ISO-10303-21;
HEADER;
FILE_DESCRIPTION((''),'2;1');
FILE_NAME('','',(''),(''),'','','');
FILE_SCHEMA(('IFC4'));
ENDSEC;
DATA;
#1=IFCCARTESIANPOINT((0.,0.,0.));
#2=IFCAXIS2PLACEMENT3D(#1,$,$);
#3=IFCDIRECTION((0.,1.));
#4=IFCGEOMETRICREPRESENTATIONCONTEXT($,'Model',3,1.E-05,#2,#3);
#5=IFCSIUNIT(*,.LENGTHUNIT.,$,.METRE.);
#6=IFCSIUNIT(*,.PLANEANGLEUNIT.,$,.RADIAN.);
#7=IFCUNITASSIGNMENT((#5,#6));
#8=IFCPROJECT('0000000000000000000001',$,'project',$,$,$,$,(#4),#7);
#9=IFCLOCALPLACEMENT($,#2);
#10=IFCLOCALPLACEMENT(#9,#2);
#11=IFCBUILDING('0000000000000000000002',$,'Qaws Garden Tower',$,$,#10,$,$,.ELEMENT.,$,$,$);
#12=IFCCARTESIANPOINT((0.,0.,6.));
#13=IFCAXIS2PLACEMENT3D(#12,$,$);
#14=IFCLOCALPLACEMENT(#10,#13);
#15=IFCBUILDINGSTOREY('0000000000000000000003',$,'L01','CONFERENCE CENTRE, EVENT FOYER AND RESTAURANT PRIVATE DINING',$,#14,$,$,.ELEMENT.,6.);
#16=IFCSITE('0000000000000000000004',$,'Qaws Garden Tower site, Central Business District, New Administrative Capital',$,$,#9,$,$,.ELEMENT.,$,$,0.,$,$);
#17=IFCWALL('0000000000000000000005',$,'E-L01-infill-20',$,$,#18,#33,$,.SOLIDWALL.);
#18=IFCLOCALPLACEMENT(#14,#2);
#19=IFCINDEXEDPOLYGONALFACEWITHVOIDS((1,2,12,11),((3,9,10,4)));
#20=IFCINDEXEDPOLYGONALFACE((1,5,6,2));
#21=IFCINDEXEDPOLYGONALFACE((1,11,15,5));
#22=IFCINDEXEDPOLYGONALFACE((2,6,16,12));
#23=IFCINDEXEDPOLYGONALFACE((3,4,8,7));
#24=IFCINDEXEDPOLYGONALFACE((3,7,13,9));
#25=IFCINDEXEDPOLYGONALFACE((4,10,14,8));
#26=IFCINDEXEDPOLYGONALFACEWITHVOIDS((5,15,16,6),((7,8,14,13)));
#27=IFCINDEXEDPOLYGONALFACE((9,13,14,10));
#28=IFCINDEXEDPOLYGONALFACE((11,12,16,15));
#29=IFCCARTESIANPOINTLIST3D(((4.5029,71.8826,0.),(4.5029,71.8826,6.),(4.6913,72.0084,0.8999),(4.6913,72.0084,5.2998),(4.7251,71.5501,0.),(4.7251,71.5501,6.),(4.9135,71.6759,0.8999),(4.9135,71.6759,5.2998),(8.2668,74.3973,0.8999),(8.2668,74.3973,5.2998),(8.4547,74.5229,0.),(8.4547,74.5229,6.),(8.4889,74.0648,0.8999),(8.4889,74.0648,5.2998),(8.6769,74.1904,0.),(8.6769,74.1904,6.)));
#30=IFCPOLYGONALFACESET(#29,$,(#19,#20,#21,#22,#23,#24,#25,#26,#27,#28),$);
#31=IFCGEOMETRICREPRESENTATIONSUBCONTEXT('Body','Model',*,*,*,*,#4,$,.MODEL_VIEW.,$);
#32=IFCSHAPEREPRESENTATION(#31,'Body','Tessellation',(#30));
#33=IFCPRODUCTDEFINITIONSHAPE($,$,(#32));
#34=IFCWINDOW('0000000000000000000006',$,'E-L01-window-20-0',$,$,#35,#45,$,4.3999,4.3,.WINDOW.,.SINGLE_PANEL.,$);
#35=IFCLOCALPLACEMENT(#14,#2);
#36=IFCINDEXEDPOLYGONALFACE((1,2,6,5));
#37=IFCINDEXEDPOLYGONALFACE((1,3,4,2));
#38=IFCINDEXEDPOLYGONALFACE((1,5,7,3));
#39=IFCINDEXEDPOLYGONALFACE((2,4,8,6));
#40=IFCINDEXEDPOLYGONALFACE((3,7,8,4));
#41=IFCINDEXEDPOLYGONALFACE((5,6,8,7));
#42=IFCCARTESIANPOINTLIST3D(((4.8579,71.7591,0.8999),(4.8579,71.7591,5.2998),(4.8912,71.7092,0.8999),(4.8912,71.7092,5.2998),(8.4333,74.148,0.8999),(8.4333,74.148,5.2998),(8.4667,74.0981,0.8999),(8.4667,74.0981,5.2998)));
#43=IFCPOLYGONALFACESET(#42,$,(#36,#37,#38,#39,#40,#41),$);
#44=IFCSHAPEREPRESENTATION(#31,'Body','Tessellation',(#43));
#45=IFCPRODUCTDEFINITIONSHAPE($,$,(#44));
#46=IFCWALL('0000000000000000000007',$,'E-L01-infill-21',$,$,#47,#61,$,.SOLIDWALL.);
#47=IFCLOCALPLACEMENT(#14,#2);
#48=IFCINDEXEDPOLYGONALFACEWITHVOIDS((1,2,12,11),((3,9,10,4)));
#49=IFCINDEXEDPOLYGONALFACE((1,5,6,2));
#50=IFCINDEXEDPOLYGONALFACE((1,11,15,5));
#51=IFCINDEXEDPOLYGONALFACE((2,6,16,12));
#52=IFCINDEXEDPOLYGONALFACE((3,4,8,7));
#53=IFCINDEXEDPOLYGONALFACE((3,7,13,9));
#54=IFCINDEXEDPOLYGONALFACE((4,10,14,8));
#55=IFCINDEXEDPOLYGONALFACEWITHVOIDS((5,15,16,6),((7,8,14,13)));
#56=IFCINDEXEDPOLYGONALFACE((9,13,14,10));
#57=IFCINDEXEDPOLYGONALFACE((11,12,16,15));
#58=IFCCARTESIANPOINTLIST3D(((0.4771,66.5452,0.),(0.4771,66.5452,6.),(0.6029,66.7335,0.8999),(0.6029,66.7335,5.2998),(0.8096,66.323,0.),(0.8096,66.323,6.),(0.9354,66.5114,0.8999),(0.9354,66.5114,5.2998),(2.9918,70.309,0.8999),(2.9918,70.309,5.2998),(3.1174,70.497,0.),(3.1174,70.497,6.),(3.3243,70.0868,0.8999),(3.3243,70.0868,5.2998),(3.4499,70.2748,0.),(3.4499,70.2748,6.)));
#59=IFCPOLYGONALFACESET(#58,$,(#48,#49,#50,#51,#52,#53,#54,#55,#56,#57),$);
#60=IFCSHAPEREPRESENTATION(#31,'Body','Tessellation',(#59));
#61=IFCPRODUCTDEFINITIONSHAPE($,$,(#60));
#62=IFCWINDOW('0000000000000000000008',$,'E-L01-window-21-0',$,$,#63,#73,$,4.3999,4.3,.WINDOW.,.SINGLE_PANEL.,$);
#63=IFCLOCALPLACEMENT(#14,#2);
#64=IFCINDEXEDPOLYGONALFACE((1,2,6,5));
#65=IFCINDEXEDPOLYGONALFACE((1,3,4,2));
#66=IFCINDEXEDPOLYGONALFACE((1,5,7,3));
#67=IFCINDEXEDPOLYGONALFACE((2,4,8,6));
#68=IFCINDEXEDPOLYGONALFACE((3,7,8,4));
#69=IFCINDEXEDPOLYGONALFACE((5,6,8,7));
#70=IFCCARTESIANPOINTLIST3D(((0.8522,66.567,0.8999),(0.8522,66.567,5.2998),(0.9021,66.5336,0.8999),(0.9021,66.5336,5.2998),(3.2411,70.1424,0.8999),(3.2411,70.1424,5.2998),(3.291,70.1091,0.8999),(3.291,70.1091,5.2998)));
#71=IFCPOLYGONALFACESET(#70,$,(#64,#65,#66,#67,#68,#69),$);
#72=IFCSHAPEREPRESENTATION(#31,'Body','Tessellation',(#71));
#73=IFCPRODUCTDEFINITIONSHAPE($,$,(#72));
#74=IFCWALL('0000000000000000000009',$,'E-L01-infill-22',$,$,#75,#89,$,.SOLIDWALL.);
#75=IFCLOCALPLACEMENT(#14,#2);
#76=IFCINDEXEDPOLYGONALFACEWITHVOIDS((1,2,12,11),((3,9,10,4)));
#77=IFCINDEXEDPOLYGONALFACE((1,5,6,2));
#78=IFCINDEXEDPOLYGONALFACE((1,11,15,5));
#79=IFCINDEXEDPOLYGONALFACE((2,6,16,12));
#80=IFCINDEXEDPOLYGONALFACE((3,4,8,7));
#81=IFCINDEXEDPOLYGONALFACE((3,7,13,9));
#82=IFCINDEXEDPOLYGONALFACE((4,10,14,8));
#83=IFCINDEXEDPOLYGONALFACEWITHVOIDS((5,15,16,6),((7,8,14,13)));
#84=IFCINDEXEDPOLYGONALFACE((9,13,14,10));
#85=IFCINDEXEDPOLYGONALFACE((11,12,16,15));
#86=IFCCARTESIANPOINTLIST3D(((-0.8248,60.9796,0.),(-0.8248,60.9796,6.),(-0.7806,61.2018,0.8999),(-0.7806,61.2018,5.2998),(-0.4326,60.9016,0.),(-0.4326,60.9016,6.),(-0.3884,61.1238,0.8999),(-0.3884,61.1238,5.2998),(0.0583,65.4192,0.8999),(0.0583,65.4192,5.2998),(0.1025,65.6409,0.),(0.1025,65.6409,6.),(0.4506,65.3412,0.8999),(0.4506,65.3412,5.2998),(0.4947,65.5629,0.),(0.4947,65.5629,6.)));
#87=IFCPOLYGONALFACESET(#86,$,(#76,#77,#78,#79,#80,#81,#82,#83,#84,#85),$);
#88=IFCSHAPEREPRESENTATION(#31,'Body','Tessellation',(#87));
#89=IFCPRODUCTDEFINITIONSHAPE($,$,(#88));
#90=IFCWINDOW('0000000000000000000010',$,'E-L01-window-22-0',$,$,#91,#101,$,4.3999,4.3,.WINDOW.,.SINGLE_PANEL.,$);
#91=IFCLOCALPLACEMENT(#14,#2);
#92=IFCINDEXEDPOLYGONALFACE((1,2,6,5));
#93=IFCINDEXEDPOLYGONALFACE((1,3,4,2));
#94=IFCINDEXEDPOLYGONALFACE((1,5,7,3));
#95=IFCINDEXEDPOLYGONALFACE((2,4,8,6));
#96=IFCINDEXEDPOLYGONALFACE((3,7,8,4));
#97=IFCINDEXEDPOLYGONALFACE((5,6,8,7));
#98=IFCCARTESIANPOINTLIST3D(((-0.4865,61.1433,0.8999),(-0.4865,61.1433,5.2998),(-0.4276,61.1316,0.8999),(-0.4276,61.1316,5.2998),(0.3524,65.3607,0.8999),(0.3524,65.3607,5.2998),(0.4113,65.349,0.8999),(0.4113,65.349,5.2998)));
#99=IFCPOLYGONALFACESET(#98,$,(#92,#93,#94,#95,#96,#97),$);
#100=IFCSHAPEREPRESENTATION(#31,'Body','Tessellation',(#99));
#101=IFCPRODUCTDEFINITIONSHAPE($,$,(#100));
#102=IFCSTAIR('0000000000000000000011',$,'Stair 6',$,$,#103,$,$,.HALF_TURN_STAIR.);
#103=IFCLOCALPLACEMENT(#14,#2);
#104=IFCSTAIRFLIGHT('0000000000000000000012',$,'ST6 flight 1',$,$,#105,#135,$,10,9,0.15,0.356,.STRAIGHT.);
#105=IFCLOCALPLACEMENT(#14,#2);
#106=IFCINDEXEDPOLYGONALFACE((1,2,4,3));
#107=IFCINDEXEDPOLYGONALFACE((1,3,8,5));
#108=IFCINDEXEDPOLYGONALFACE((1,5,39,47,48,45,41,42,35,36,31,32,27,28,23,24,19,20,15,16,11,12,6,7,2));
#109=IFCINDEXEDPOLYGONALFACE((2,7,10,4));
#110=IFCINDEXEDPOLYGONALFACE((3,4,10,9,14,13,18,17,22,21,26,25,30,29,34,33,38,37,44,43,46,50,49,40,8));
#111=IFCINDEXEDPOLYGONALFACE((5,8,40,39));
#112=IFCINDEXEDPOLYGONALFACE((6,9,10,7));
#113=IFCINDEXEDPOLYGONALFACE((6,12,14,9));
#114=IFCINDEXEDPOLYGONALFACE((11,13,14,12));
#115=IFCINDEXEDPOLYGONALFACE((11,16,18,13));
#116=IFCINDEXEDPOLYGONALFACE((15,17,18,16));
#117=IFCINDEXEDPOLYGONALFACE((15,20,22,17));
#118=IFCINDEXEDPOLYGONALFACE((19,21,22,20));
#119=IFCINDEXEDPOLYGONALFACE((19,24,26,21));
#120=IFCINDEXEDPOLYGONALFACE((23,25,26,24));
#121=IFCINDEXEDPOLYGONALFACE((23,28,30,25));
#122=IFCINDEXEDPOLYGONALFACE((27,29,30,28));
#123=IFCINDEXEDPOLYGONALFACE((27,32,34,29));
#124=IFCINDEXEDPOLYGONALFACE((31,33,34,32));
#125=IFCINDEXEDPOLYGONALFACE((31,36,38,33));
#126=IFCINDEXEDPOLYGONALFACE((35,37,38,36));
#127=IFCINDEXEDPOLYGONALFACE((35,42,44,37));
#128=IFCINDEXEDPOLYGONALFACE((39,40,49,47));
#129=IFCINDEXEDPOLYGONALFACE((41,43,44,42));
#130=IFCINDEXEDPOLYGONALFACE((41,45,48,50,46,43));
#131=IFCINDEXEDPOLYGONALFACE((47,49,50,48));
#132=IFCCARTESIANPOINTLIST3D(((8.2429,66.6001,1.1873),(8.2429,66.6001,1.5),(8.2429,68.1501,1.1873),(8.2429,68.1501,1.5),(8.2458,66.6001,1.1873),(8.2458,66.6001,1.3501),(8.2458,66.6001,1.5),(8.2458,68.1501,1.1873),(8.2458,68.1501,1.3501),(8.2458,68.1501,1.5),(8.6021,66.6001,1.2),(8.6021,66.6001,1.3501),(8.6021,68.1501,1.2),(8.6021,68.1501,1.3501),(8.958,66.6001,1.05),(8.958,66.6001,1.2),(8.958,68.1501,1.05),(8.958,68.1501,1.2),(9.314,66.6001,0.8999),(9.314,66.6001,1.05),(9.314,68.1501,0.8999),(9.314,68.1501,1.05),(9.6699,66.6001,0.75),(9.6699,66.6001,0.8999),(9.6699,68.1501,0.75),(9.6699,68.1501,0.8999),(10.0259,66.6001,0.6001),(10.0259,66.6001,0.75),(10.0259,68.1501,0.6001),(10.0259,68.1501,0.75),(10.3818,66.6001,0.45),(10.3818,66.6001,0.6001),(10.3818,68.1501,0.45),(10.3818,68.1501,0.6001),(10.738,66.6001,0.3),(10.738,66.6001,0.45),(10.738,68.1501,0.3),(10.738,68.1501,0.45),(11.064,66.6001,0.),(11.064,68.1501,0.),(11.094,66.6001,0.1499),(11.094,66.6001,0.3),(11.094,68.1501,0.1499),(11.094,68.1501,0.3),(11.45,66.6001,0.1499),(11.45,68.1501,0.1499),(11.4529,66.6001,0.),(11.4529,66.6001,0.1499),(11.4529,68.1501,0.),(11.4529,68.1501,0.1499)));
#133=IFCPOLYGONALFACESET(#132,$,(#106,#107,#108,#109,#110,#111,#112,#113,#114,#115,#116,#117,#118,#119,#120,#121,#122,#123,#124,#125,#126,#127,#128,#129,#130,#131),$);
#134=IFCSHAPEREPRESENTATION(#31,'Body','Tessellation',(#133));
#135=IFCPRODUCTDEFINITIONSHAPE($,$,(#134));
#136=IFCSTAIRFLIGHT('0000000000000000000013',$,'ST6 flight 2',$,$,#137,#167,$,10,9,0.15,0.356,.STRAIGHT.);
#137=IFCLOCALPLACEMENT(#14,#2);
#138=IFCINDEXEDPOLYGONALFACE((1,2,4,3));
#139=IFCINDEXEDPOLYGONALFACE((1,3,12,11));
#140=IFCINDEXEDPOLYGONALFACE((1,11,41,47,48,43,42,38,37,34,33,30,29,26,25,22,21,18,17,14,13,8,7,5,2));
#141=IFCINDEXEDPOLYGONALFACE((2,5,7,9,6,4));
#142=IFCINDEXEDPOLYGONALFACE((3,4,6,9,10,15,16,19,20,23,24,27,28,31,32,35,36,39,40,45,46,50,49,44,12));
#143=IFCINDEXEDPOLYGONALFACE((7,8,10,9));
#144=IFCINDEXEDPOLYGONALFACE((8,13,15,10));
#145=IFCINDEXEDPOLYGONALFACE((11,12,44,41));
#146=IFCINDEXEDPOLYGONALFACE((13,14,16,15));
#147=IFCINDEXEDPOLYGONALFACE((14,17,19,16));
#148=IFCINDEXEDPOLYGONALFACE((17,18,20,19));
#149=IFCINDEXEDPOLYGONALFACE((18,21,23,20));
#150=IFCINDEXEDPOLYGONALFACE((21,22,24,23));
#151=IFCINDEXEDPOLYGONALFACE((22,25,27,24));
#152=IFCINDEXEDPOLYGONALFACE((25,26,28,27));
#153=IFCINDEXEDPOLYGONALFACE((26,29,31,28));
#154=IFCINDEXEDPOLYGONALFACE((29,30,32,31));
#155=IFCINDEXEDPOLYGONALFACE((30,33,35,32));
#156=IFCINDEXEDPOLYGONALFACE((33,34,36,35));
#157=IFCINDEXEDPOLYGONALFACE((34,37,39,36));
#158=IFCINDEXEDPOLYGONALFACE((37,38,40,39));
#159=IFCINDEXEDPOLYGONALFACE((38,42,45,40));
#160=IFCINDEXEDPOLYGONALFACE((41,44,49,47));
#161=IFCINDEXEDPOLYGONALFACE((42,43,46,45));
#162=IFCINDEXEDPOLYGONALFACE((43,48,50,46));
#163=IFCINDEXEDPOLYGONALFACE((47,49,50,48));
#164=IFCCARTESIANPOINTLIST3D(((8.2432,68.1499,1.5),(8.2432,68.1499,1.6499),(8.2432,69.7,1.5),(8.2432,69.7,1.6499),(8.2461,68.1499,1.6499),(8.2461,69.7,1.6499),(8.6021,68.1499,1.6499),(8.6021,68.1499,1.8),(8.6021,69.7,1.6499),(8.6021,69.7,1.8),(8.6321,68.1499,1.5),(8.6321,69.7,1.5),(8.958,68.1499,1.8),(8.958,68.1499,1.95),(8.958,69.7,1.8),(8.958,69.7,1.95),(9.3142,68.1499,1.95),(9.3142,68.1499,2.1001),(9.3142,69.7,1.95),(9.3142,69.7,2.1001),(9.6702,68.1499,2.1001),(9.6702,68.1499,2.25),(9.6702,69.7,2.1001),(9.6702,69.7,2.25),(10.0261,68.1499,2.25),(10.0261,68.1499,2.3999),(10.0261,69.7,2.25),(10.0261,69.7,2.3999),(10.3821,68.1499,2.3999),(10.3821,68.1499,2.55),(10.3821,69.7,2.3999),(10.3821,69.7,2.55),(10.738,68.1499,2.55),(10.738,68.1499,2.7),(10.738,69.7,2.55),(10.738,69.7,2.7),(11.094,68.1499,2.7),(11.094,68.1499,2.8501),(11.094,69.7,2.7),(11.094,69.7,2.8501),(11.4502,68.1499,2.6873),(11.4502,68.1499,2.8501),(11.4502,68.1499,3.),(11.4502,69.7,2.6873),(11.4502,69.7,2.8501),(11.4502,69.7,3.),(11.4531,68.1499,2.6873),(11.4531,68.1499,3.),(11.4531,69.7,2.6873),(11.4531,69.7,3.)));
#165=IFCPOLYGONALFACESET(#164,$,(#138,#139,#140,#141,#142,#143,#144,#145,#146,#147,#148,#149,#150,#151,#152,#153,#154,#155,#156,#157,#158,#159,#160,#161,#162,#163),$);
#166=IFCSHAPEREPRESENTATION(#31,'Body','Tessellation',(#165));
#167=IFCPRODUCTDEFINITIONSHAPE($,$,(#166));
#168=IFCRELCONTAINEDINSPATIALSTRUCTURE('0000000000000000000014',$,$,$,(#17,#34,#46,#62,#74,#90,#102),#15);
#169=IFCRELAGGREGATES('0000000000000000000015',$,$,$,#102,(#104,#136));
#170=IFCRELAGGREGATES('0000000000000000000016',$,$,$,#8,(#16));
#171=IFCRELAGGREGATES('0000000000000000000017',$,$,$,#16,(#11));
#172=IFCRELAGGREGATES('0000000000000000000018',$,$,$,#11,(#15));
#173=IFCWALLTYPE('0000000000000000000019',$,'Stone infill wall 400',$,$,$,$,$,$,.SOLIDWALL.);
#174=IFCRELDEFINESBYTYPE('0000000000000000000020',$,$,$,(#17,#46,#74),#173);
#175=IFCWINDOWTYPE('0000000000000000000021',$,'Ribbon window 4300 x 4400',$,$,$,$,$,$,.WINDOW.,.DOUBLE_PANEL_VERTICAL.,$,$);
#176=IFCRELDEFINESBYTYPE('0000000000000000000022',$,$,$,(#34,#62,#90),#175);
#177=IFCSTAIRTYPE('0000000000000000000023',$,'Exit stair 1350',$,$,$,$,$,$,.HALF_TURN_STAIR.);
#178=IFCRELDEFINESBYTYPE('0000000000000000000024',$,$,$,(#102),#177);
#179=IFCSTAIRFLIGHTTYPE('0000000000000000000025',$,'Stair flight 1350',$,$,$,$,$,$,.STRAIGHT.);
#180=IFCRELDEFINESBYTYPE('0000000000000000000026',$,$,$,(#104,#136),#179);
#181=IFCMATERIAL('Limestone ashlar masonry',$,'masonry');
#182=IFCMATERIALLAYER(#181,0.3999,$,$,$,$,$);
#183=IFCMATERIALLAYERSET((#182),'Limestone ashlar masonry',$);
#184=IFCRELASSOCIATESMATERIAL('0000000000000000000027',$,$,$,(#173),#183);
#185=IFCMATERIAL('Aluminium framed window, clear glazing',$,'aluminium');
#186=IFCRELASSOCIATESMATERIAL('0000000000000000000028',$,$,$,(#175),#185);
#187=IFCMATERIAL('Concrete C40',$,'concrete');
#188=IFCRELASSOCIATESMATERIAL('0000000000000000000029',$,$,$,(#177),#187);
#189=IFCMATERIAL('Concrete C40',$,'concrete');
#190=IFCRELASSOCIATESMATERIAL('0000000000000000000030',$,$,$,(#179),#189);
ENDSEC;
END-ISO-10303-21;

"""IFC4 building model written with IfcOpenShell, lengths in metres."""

from ifc_helpers import new_model, si_unit, direction, frame, frame_2d, origin, place, context, subcontext, project, spatial, polyline, rectangle, outline, extrude, material, layer, layer_set, type_object, element, fill, aggregate, save


model = new_model("IFC4")

# Units and contexts
model_context = context("Model", 3, precision=1e-05, world=origin(), true_north=direction((0.0, 1.0)))
body_context = subcontext(model_context, "Body", "Model", "MODEL_VIEW")
ifc_project = project(units=[si_unit("LENGTHUNIT", "METRE"), si_unit("PLANEANGLEUNIT", "RADIAN")], contexts=[model_context])

# Site, building, storey
site_placement = place(None, origin())
site = spatial("IfcSite", under=ifc_project, at=site_placement, Name="Qaws Garden Tower site, Central Business District, New Administrative Capital", CompositionType="ELEMENT", RefElevation=0.0)
building_placement = place(site_placement, origin())
building = spatial("IfcBuilding", under=site, at=building_placement, Name="Qaws Garden Tower", CompositionType="ELEMENT")
storey_placement = place(building_placement, frame((0.0, 0.0, 6.0)))
storey = spatial("IfcBuildingStorey", under=building, at=storey_placement, Name="L01", Description="CONFERENCE CENTRE, EVENT FOYER AND RESTAURANT PRIVATE DINING", CompositionType="ELEMENT", Elevation=6.0)

# Walls, openings, windows
ifc_material_1 = material(Name="Limestone ashlar masonry", Category="masonry")
ifc_layer_1 = layer(ifc_material_1, 0.3999)
ifc_layer_set_1 = layer_set([ifc_layer_1], Name="Limestone ashlar masonry")
wall_type_1 = type_object("IfcWallType", Name="Stone infill wall 400", PredefinedType="SOLIDWALL", material=ifc_layer_set_1)
wall_1_placement = place(storey_placement, frame((8.5659, 74.3567, 0.0), z_axis=(0.0, 0.0, 1.0), x_axis=(-0.831489, -0.555542, 0.0)))
wall_1 = element("IfcWall", 1, at=wall_1_placement, inside=storey, type_object=wall_type_1, Name="E-L01-infill-20", PredefinedType="SOLIDWALL", context=body_context, shape_type="SweptSolid", body=[
    extrude(rectangle(XDim=4.7527, YDim=0.3999, at=frame_2d((2.3765, 0.0))), origin(), (0.0, 0.0, 1.0), 6.0),
])
opening_1_placement = place(wall_1_placement, frame((0.2263, 0.0, 0.8999)))
opening_1 = element("IfcOpeningElement", 2, at=opening_1_placement, cuts=wall_1, PredefinedType="OPENING", context=body_context, shape_type="SweptSolid", body=[
    extrude(rectangle(XDim=4.3, YDim=4.3999, at=frame_2d((2.1499, 2.2))), frame((0.0, 0.21, 0.0), z_axis=(0.0, -1.0, 0.0), x_axis=(1.0, 0.0, 0.0)), (0.0, 0.0, 1.0), 0.4199),
])
ifc_material_2 = material(Name="Aluminium framed window, clear glazing", Category="aluminium")
window_type = type_object("IfcWindowType", Name="Ribbon window 4300 x 4400", PartitioningType="DOUBLE_PANEL_VERTICAL", PredefinedType="WINDOW", material=ifc_material_2)
window_1_placement = place(opening_1_placement, origin())
window_1 = element("IfcWindow", 3, at=window_1_placement, inside=storey, type_object=window_type, Name="E-L01-window-20-0", OverallHeight=4.3999, OverallWidth=4.3, PartitioningType="SINGLE_PANEL", PredefinedType="WINDOW", context=body_context, shape_type="SweptSolid", body=[
    extrude(rectangle(XDim=4.3, YDim=4.3999, at=frame_2d((2.1499, 2.2))), frame((0.0, 0.1599, 0.0), z_axis=(0.0, -1.0, 0.0), x_axis=(1.0, 0.0, 0.0)), (0.0, 0.0, 1.0), 0.0601),
])
fill(opening_1, window_1)
wall_2_placement = place(storey_placement, frame((3.2837, 70.386, 0.0), z_axis=(0.0, 0.0, 1.0), x_axis=(-0.555542, -0.831489, 0.0)))
wall_2 = element("IfcWall", 4, at=wall_2_placement, inside=storey, type_object=wall_type_1, Name="E-L01-infill-21", PredefinedType="SOLIDWALL", context=body_context, shape_type="SweptSolid", body=[
    extrude(rectangle(XDim=4.7527, YDim=0.3999, at=frame_2d((2.3765, 0.0))), origin(), (0.0, 0.0, 1.0), 6.0),
])
opening_2_placement = place(wall_2_placement, frame((0.2263, 0.0, 0.8999)))
opening_2 = element("IfcOpeningElement", 5, at=opening_2_placement, cuts=wall_2, PredefinedType="OPENING", context=body_context, shape_type="SweptSolid", body=[
    extrude(rectangle(XDim=4.3, YDim=4.3999, at=frame_2d((2.1499, 2.2))), frame((0.0, 0.21, 0.0), z_axis=(0.0, -1.0, 0.0), x_axis=(1.0, 0.0, 0.0)), (0.0, 0.0, 1.0), 0.4199),
])
window_2_placement = place(opening_2_placement, origin())
window_2 = element("IfcWindow", 6, at=window_2_placement, inside=storey, type_object=window_type, Name="E-L01-window-21-0", OverallHeight=4.3999, OverallWidth=4.3, PartitioningType="SINGLE_PANEL", PredefinedType="WINDOW", context=body_context, shape_type="SweptSolid", body=[
    extrude(rectangle(XDim=4.3, YDim=4.3999, at=frame_2d((2.1499, 2.2))), frame((0.0, 0.1599, 0.0), z_axis=(0.0, -1.0, 0.0), x_axis=(1.0, 0.0, 0.0)), (0.0, 0.0, 1.0), 0.0601),
])
fill(opening_2, window_2)
wall_3_placement = place(storey_placement, frame((0.2986, 65.6021, 0.0), z_axis=(0.0, 0.0, 1.0), x_axis=(-0.195099, -0.980784, 0.0)))
wall_3 = element("IfcWall", 7, at=wall_3_placement, inside=storey, type_object=wall_type_1, Name="E-L01-infill-22", PredefinedType="SOLIDWALL", context=body_context, shape_type="SweptSolid", body=[
    extrude(rectangle(XDim=4.7527, YDim=0.3999, at=frame_2d((2.3765, 0.0))), origin(), (0.0, 0.0, 1.0), 6.0),
])
opening_3_placement = place(wall_3_placement, frame((0.2263, 0.0, 0.8999)))
opening_3 = element("IfcOpeningElement", 8, at=opening_3_placement, cuts=wall_3, PredefinedType="OPENING", context=body_context, shape_type="SweptSolid", body=[
    extrude(rectangle(XDim=4.3, YDim=4.3999, at=frame_2d((2.1499, 2.2))), frame((0.0, 0.21, 0.0), z_axis=(0.0, -1.0, 0.0), x_axis=(1.0, 0.0, 0.0)), (0.0, 0.0, 1.0), 0.4199),
])
window_3_placement = place(opening_3_placement, origin())
window_3 = element("IfcWindow", 9, at=window_3_placement, inside=storey, type_object=window_type, Name="E-L01-window-22-0", OverallHeight=4.3999, OverallWidth=4.3, PartitioningType="SINGLE_PANEL", PredefinedType="WINDOW", context=body_context, shape_type="SweptSolid", body=[
    extrude(rectangle(XDim=4.3, YDim=4.3999, at=frame_2d((2.1499, 2.2))), frame((0.0, 0.1599, 0.0), z_axis=(0.0, -1.0, 0.0), x_axis=(1.0, 0.0, 0.0)), (0.0, 0.0, 1.0), 0.0601),
])
fill(opening_3, window_3)

# Stair, stair flights
ifc_material_3 = material(Name="Concrete C40", Category="concrete")
stair_type = type_object("IfcStairType", Name="Exit stair 1350", PredefinedType="HALF_TURN_STAIR", material=ifc_material_3)
stair_placement = place(storey_placement, origin())
stair = element("IfcStair", 10, at=stair_placement, inside=storey, type_object=stair_type, Name="Stair 6", PredefinedType="HALF_TURN_STAIR")
ifc_material_4 = material(Name="Concrete C40", Category="concrete")
stair_flight_type = type_object("IfcStairFlightType", Name="Stair flight 1350", PredefinedType="STRAIGHT", material=ifc_material_4)
stair_flight_1_placement = place(storey_placement, frame((11.45, 67.375, 0.0), z_axis=(0.0, 0.0, 1.0), x_axis=(-1.0, 0.0, 0.0)))
stair_flight_1 = element("IfcStairFlight", 11, at=stair_flight_1_placement, type_object=stair_flight_type, Name="ST6 flight 1", NumberOfRisers=10, NumberOfTreads=9, PredefinedType="STRAIGHT", RiserHeight=0.15, TreadLength=0.356, context=body_context, shape_type="SweptSolid", body=[
    extrude(outline(polyline([(-0.0029, 0.0), (-0.0029, 0.1499), (0.0, 0.1499), (0.356, 0.1499), (0.356, 0.3), (0.7119, 0.3), (0.7119, 0.45), (1.0681, 0.45), (1.0681, 0.6001), (1.4241, 0.6001), (1.4241, 0.75), (1.78, 0.75), (1.78, 0.8999), (2.136, 0.8999), (2.136, 1.05), (2.4919, 1.05), (2.4919, 1.2), (2.8479, 1.2), (2.8479, 1.3501), (3.2041, 1.3501), (3.2041, 1.5), (3.207, 1.5), (3.207, 1.1873), (3.2041, 1.1873), (0.386, 0.0), (-0.0029, 0.0)])), frame((0.0, 0.7749, 0.0), z_axis=(0.0, -1.0, 0.0), x_axis=(1.0, 0.0, 0.0)), (0.0, 0.0, 1.0), 1.55),
])
stair_flight_2_placement = place(storey_placement, frame((8.2461, 68.925, 1.5), z_axis=(0.0, 0.0, 1.0), x_axis=(1.0, 0.0, 0.0)))
stair_flight_2 = element("IfcStairFlight", 12, at=stair_flight_2_placement, type_object=stair_flight_type, Name="ST6 flight 2", NumberOfRisers=10, NumberOfTreads=9, PredefinedType="STRAIGHT", RiserHeight=0.15, TreadLength=0.356, context=body_context, shape_type="SweptSolid", body=[
    extrude(outline(polyline([(-0.0029, 0.0), (-0.0029, 0.1499), (0.0, 0.1499), (0.356, 0.1499), (0.356, 0.3), (0.7119, 0.3), (0.7119, 0.45), (1.0681, 0.45), (1.0681, 0.6001), (1.4241, 0.6001), (1.4241, 0.75), (1.78, 0.75), (1.78, 0.8999), (2.136, 0.8999), (2.136, 1.05), (2.4919, 1.05), (2.4919, 1.2), (2.8479, 1.2), (2.8479, 1.3501), (3.2041, 1.3501), (3.2041, 1.5), (3.207, 1.5), (3.207, 1.1873), (3.2041, 1.1873), (0.386, 0.0), (-0.0029, 0.0)])), frame((0.0, 0.7749, 0.0), z_axis=(0.0, -1.0, 0.0), x_axis=(1.0, 0.0, 0.0)), (0.0, 0.0, 1.0), 1.55),
])
aggregate(stair, [stair_flight_1, stair_flight_2])

save(model, "model.ifc")
